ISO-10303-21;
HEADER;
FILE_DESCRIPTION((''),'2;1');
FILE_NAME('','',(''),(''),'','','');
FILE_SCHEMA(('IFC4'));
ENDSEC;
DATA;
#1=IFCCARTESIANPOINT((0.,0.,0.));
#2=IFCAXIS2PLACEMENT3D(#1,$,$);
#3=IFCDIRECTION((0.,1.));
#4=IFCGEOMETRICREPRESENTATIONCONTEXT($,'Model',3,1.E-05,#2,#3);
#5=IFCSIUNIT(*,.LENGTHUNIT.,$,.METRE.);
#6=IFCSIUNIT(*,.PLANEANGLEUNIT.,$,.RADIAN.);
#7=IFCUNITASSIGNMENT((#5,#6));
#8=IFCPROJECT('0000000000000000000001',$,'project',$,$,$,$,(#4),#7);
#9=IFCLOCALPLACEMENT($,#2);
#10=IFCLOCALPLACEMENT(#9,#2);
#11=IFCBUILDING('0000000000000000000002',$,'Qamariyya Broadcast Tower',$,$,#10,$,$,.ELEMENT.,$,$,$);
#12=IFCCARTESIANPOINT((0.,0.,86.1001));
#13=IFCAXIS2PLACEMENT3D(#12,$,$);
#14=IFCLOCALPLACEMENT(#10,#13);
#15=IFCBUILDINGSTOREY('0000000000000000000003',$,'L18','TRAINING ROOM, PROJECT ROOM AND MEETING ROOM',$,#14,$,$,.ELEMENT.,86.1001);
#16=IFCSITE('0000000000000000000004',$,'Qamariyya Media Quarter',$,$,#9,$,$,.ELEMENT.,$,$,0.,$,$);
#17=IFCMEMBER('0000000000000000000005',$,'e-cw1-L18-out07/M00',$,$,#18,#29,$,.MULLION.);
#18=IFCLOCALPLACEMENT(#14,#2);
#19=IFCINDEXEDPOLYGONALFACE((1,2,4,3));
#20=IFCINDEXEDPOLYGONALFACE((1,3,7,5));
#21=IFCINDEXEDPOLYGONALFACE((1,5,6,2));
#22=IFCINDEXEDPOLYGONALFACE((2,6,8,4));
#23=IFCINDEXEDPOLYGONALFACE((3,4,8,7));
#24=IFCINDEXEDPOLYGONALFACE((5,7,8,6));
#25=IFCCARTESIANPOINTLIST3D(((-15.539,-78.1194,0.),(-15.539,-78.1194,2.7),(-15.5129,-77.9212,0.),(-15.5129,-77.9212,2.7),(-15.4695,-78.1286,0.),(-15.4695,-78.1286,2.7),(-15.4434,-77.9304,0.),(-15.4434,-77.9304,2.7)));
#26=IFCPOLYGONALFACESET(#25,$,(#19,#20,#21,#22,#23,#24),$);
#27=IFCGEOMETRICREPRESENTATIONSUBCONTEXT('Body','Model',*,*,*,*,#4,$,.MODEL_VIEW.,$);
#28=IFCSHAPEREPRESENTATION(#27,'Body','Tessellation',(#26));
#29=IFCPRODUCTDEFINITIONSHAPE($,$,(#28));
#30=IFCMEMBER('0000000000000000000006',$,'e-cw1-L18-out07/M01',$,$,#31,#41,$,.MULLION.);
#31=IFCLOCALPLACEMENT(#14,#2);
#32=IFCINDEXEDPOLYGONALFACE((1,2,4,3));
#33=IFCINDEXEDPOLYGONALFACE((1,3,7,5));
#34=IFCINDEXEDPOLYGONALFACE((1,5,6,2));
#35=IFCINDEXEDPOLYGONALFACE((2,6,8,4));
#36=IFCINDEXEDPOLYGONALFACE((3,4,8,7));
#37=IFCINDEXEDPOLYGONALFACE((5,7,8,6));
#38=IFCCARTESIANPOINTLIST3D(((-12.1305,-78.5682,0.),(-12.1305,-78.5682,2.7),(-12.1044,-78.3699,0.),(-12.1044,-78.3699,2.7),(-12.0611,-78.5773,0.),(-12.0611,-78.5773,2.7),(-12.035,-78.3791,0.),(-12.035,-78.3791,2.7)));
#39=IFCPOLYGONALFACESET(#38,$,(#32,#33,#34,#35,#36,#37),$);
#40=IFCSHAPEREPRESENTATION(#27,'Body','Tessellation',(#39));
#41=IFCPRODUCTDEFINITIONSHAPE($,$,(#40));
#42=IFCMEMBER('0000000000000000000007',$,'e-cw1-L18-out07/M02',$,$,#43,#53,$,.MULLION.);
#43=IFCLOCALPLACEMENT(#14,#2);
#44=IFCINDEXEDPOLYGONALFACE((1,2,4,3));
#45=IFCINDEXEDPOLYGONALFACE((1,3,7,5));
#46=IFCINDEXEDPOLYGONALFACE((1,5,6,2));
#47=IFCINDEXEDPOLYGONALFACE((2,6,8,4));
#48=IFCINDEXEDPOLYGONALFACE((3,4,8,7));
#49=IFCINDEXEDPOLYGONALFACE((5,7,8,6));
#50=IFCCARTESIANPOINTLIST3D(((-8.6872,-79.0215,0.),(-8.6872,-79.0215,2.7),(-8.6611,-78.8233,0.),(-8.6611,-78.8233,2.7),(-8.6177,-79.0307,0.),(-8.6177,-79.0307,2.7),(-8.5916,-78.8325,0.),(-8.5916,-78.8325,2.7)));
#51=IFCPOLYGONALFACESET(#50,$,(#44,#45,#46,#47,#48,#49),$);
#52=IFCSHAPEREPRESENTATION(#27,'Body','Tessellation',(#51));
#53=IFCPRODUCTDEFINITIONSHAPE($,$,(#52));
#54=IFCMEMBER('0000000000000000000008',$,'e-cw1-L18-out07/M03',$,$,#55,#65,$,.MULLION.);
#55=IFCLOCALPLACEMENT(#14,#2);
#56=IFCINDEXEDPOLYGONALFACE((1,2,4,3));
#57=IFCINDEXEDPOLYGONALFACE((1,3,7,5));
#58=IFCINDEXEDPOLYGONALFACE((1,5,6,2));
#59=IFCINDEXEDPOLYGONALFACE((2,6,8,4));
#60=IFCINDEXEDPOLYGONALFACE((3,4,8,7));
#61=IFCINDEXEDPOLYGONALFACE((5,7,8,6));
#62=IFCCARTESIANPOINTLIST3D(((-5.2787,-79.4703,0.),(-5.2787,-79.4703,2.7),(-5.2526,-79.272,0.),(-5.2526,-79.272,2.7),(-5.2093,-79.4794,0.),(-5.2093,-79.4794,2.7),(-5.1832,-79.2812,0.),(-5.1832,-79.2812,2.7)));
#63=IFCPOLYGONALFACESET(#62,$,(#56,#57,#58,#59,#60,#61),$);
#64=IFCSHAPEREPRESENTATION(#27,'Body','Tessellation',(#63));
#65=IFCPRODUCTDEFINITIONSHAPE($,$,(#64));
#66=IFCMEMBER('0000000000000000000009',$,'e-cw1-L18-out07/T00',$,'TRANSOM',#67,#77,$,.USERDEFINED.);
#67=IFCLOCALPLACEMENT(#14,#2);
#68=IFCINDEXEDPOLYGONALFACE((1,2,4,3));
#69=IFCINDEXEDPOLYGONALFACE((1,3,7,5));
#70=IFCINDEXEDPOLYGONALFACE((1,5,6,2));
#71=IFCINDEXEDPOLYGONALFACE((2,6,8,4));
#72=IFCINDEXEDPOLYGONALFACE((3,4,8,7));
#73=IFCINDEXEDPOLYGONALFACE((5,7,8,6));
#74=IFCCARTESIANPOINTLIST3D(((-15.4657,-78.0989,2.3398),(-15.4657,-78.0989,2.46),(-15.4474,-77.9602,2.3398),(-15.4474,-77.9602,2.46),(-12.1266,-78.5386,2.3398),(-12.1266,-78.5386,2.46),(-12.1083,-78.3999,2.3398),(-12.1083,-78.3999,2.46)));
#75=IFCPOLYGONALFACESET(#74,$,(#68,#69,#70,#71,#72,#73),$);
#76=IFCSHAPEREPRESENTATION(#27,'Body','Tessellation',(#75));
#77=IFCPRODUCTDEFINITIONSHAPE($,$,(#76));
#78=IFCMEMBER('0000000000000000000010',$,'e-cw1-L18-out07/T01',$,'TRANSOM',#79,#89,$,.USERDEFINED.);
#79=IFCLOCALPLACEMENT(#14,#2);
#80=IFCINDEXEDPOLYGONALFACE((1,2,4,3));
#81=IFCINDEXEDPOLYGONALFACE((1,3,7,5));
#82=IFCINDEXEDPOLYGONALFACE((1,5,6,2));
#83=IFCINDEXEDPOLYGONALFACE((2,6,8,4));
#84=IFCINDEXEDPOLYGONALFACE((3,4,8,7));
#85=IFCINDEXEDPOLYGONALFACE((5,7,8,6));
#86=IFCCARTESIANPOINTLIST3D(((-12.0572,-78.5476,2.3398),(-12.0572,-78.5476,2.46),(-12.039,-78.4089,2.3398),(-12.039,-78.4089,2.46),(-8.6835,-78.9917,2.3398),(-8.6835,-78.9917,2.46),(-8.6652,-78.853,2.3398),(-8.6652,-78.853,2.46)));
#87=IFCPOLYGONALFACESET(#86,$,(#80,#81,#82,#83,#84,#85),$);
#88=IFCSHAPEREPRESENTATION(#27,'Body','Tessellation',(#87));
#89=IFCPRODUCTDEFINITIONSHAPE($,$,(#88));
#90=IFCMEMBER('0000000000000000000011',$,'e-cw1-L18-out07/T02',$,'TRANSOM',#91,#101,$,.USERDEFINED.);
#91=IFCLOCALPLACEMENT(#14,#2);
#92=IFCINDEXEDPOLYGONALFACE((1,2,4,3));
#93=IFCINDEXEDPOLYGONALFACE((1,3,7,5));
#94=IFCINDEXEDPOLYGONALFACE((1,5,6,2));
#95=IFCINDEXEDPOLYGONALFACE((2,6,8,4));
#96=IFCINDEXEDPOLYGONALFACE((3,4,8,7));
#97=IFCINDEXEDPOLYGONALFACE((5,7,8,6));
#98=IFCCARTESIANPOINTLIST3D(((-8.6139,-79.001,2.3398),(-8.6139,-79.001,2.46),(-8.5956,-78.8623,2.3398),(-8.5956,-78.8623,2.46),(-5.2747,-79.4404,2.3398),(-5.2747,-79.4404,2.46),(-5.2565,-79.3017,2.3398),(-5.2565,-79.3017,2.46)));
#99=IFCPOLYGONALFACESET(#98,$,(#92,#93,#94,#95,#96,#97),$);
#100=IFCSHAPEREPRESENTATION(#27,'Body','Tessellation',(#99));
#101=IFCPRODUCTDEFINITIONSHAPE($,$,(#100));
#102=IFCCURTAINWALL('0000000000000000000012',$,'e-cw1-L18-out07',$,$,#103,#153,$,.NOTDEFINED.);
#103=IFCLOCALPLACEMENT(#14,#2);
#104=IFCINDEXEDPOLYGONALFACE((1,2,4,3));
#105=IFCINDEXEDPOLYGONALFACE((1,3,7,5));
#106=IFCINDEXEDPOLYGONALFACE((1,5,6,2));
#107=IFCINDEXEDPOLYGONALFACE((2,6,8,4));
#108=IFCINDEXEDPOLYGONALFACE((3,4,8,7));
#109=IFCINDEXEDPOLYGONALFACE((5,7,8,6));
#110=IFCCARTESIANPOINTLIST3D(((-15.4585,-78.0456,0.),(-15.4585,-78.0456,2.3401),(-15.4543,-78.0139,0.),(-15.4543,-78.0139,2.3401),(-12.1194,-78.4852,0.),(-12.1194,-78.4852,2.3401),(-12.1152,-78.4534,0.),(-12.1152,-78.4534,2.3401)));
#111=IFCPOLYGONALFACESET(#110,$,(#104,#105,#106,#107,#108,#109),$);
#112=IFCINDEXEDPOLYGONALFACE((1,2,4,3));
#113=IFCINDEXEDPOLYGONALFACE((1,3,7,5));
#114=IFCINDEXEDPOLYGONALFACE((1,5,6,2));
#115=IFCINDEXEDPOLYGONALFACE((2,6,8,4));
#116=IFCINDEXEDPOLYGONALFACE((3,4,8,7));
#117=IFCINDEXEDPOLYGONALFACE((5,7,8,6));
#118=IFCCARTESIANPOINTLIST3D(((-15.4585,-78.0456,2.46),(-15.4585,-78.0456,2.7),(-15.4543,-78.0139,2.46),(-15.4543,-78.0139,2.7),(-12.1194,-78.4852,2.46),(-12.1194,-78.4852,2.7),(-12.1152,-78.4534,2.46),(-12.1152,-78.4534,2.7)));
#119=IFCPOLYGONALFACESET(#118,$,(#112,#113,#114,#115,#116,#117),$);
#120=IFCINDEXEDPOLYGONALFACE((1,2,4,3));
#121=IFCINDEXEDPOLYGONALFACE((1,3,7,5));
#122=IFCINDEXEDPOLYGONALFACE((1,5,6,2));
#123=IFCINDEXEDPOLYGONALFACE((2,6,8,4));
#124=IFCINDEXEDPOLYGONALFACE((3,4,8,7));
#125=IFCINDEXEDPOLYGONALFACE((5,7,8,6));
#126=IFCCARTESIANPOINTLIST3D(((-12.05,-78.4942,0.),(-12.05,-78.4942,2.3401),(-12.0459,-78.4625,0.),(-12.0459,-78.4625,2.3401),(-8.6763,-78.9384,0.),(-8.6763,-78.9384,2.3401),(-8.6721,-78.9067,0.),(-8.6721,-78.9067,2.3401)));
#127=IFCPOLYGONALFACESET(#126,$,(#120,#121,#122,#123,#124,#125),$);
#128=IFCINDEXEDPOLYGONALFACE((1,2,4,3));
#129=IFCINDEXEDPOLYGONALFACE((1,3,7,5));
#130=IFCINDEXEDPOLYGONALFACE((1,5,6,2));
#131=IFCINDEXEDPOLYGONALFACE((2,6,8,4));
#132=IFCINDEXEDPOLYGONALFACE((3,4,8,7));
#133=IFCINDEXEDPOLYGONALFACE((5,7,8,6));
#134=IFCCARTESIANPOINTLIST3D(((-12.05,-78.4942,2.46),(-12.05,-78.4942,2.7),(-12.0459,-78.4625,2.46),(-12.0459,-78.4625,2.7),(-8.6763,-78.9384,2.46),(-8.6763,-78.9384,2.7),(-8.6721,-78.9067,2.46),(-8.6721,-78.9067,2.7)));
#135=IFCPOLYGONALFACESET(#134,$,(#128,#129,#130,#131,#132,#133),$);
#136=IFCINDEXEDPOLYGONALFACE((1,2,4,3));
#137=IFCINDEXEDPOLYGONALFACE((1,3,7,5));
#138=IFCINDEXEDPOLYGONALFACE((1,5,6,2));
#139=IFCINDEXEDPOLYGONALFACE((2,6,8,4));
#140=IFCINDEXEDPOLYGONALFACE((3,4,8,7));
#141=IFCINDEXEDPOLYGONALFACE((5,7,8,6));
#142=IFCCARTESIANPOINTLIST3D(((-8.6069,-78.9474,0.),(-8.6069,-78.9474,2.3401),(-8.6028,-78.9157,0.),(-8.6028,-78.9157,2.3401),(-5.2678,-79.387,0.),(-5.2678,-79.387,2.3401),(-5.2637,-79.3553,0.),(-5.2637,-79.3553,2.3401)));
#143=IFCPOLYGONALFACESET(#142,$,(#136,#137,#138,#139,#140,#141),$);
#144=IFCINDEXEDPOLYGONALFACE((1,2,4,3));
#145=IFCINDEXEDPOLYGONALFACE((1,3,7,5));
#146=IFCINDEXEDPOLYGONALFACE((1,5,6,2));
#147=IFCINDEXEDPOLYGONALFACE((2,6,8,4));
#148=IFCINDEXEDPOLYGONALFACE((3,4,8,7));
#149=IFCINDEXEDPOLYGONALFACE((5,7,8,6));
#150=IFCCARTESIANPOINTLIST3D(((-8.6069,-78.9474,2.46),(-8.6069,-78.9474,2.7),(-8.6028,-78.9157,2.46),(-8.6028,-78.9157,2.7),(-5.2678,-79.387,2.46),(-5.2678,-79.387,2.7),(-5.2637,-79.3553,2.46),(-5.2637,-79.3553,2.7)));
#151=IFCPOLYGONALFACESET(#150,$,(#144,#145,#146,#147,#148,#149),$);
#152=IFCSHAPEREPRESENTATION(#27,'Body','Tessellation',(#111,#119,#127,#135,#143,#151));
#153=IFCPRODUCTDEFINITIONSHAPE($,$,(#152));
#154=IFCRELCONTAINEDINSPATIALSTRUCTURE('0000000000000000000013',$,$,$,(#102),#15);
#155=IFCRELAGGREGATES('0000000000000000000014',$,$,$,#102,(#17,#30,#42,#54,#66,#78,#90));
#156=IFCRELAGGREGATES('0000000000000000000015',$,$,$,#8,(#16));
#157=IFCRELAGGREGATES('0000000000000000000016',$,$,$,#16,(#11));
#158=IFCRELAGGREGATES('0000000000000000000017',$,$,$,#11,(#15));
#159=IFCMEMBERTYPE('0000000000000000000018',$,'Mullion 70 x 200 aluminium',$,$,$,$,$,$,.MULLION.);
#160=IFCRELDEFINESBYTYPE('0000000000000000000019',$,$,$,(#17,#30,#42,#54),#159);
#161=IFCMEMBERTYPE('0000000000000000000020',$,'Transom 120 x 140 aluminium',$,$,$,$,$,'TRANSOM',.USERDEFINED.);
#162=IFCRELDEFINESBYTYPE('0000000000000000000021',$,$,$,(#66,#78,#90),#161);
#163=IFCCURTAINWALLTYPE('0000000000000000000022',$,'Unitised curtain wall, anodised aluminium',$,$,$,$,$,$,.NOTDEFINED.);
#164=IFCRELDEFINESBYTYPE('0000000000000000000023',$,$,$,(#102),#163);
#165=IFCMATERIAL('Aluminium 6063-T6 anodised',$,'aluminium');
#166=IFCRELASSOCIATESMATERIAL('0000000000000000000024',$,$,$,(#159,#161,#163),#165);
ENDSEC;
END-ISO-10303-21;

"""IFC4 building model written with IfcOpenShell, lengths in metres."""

from ifc_helpers import new_model, si_unit, direction, frame, origin, origin_2d, place, context, subcontext, project, spatial, rectangle, extrude, material, material_profile, profile_set, type_object, element, aggregate, save


model = new_model("IFC4")

# Units and contexts
model_context = context("Model", 3, precision=1e-05, world=origin(), true_north=direction((0.0, 1.0)))
body_context = subcontext(model_context, "Body", "Model", "MODEL_VIEW")
ifc_project = project(units=[si_unit("LENGTHUNIT", "METRE"), si_unit("PLANEANGLEUNIT", "RADIAN")], contexts=[model_context])

# Members
ifc_material = material(Name="Aluminium 6063-T6 anodised", Category="aluminium")
ifc_material_profile_1 = material_profile(ifc_material, rectangle(XDim=0.2, YDim=0.0701, at=origin_2d()))
ifc_profile_set_1 = profile_set([ifc_material_profile_1], Name="Aluminium 6063-T6 anodised")
member_type_1 = type_object("IfcMemberType", Name="Mullion 70 x 200 aluminium", PredefinedType="MULLION", material=ifc_profile_set_1)
site_placement = place(None, origin())
building_placement = place(site_placement, origin())
storey_placement = place(building_placement, frame((0.0, 0.0, 86.1001)))
member_1_placement = place(storey_placement, frame((-15.4912, -78.0249, 0.0), z_axis=(0.0, 0.0, 1.0), x_axis=(0.130526, 0.991445, 0.0)))
member_1 = element("IfcMember", 1, at=member_1_placement, type_object=member_type_1, Name="e-cw1-L18-out07/M00", PredefinedType="MULLION", context=body_context, shape_type="SweptSolid", body=[
    extrude(rectangle(XDim=0.2, YDim=0.0701, at=origin_2d()), origin(), (0.0, 0.0, 1.0), 2.7),
])
member_2_placement = place(storey_placement, frame((-12.0828, -78.4736, 0.0), z_axis=(0.0, 0.0, 1.0), x_axis=(0.130526, 0.991445, 0.0)))
member_2 = element("IfcMember", 2, at=member_2_placement, type_object=member_type_1, Name="e-cw1-L18-out07/M01", PredefinedType="MULLION", context=body_context, shape_type="SweptSolid", body=[
    extrude(rectangle(XDim=0.2, YDim=0.0701, at=origin_2d()), origin(), (0.0, 0.0, 1.0), 2.7),
])
member_3_placement = place(storey_placement, frame((-8.6394, -78.927, 0.0), z_axis=(0.0, 0.0, 1.0), x_axis=(0.130526, 0.991445, 0.0)))
member_3 = element("IfcMember", 3, at=member_3_placement, type_object=member_type_1, Name="e-cw1-L18-out07/M02", PredefinedType="MULLION", context=body_context, shape_type="SweptSolid", body=[
    extrude(rectangle(XDim=0.2, YDim=0.0701, at=origin_2d()), origin(), (0.0, 0.0, 1.0), 2.7),
])
member_4_placement = place(storey_placement, frame((-5.231, -79.3757, 0.0), z_axis=(0.0, 0.0, 1.0), x_axis=(0.130526, 0.991445, 0.0)))
member_4 = element("IfcMember", 4, at=member_4_placement, type_object=member_type_1, Name="e-cw1-L18-out07/M03", PredefinedType="MULLION", context=body_context, shape_type="SweptSolid", body=[
    extrude(rectangle(XDim=0.2, YDim=0.0701, at=origin_2d()), origin(), (0.0, 0.0, 1.0), 2.7),
])
ifc_material_profile_2 = material_profile(ifc_material, rectangle(XDim=0.1399, YDim=0.1201, at=origin_2d()))
ifc_profile_set_2 = profile_set([ifc_material_profile_2], Name="Aluminium 6063-T6 anodised")
member_type_2 = type_object("IfcMemberType", Name="Transom 120 x 140 aluminium", ElementType="TRANSOM", PredefinedType="USERDEFINED", material=ifc_profile_set_2)
member_5_placement = place(storey_placement, frame((-15.4565, -78.0295, 2.3999), z_axis=(0.991441, -0.130554, 0.0), x_axis=(0.130554, 0.991441, 0.0)))
member_5 = element("IfcMember", 5, at=member_5_placement, type_object=member_type_2, Name="e-cw1-L18-out07/T00", ObjectType="TRANSOM", PredefinedType="USERDEFINED", context=body_context, shape_type="SweptSolid", body=[
    extrude(rectangle(XDim=0.1399, YDim=0.1201, at=origin_2d()), origin(), (0.0, 0.0, 1.0), 3.3679),
])
member_6_placement = place(storey_placement, frame((-12.0481, -78.4783, 2.3999), z_axis=(0.991448, -0.130505, 0.0), x_axis=(0.130505, 0.991448, 0.0)))
member_6 = element("IfcMember", 6, at=member_6_placement, type_object=member_type_2, Name="e-cw1-L18-out07/T01", ObjectType="TRANSOM", PredefinedType="USERDEFINED", context=body_context, shape_type="SweptSolid", body=[
    extrude(rectangle(XDim=0.1399, YDim=0.1201, at=origin_2d()), origin(), (0.0, 0.0, 1.0), 3.4028),
])
member_7_placement = place(storey_placement, frame((-8.6047, -78.9316, 2.3999), z_axis=(0.991451, -0.130483, 0.0), x_axis=(0.130483, 0.991451, 0.0)))
member_7 = element("IfcMember", 7, at=member_7_placement, type_object=member_type_2, Name="e-cw1-L18-out07/T02", ObjectType="TRANSOM", PredefinedType="USERDEFINED", context=body_context, shape_type="SweptSolid", body=[
    extrude(rectangle(XDim=0.1399, YDim=0.1201, at=origin_2d()), origin(), (0.0, 0.0, 1.0), 3.3679),
])

# Site, building, storey
site = spatial("IfcSite", under=ifc_project, at=site_placement, Name="Qamariyya Media Quarter", CompositionType="ELEMENT", RefElevation=0.0)
building = spatial("IfcBuilding", under=site, at=building_placement, Name="Qamariyya Broadcast Tower", CompositionType="ELEMENT")
storey = spatial("IfcBuildingStorey", under=building, at=storey_placement, Name="L18", Description="TRAINING ROOM, PROJECT ROOM AND MEETING ROOM", CompositionType="ELEMENT", Elevation=86.1001)

# Curtain wall
curtain_wall_type = type_object("IfcCurtainWallType", Name="Unitised curtain wall, anodised aluminium", PredefinedType="NOTDEFINED", material=ifc_material)
curtain_wall_1_placement = place(storey_placement, origin())
curtain_wall_1 = element("IfcCurtainWall", 8, at=curtain_wall_1_placement, inside=storey, type_object=curtain_wall_type, Name="e-cw1-L18-out07", PredefinedType="NOTDEFINED", context=body_context, shape_type="SweptSolid", body=[
    extrude(rectangle(XDim=3.3679, YDim=0.032, at=origin_2d()), frame((-13.7869, -78.2495, 0.0), x_axis=(0.991446, -0.130521, 0.0)), (0.0, 0.0, 1.0), 2.3401),
    extrude(rectangle(XDim=3.3679, YDim=0.032, at=origin_2d()), frame((-13.7869, -78.2495, 2.46), x_axis=(0.991446, -0.130521, 0.0)), (0.0, 0.0, 1.0), 0.24),
    extrude(rectangle(XDim=3.4028, YDim=0.032, at=origin_2d()), frame((-10.3611, -78.7004, 0.0), x_axis=(0.991446, -0.130521, 0.0)), (0.0, 0.0, 1.0), 2.3401),
    extrude(rectangle(XDim=3.4028, YDim=0.032, at=origin_2d()), frame((-10.3611, -78.7004, 2.46), x_axis=(0.991446, -0.130521, 0.0)), (0.0, 0.0, 1.0), 0.24),
    extrude(rectangle(XDim=3.3679, YDim=0.032, at=origin_2d()), frame((-6.9353, -79.1514, 0.0), x_axis=(0.991446, -0.130521, 0.0)), (0.0, 0.0, 1.0), 2.3401),
    extrude(rectangle(XDim=3.3679, YDim=0.032, at=origin_2d()), frame((-6.9353, -79.1514, 2.46), x_axis=(0.991446, -0.130521, 0.0)), (0.0, 0.0, 1.0), 0.24),
])
aggregate(curtain_wall_1, [member_1, member_2, member_3, member_4, member_5, member_6, member_7])

save(model, "model.ifc")
